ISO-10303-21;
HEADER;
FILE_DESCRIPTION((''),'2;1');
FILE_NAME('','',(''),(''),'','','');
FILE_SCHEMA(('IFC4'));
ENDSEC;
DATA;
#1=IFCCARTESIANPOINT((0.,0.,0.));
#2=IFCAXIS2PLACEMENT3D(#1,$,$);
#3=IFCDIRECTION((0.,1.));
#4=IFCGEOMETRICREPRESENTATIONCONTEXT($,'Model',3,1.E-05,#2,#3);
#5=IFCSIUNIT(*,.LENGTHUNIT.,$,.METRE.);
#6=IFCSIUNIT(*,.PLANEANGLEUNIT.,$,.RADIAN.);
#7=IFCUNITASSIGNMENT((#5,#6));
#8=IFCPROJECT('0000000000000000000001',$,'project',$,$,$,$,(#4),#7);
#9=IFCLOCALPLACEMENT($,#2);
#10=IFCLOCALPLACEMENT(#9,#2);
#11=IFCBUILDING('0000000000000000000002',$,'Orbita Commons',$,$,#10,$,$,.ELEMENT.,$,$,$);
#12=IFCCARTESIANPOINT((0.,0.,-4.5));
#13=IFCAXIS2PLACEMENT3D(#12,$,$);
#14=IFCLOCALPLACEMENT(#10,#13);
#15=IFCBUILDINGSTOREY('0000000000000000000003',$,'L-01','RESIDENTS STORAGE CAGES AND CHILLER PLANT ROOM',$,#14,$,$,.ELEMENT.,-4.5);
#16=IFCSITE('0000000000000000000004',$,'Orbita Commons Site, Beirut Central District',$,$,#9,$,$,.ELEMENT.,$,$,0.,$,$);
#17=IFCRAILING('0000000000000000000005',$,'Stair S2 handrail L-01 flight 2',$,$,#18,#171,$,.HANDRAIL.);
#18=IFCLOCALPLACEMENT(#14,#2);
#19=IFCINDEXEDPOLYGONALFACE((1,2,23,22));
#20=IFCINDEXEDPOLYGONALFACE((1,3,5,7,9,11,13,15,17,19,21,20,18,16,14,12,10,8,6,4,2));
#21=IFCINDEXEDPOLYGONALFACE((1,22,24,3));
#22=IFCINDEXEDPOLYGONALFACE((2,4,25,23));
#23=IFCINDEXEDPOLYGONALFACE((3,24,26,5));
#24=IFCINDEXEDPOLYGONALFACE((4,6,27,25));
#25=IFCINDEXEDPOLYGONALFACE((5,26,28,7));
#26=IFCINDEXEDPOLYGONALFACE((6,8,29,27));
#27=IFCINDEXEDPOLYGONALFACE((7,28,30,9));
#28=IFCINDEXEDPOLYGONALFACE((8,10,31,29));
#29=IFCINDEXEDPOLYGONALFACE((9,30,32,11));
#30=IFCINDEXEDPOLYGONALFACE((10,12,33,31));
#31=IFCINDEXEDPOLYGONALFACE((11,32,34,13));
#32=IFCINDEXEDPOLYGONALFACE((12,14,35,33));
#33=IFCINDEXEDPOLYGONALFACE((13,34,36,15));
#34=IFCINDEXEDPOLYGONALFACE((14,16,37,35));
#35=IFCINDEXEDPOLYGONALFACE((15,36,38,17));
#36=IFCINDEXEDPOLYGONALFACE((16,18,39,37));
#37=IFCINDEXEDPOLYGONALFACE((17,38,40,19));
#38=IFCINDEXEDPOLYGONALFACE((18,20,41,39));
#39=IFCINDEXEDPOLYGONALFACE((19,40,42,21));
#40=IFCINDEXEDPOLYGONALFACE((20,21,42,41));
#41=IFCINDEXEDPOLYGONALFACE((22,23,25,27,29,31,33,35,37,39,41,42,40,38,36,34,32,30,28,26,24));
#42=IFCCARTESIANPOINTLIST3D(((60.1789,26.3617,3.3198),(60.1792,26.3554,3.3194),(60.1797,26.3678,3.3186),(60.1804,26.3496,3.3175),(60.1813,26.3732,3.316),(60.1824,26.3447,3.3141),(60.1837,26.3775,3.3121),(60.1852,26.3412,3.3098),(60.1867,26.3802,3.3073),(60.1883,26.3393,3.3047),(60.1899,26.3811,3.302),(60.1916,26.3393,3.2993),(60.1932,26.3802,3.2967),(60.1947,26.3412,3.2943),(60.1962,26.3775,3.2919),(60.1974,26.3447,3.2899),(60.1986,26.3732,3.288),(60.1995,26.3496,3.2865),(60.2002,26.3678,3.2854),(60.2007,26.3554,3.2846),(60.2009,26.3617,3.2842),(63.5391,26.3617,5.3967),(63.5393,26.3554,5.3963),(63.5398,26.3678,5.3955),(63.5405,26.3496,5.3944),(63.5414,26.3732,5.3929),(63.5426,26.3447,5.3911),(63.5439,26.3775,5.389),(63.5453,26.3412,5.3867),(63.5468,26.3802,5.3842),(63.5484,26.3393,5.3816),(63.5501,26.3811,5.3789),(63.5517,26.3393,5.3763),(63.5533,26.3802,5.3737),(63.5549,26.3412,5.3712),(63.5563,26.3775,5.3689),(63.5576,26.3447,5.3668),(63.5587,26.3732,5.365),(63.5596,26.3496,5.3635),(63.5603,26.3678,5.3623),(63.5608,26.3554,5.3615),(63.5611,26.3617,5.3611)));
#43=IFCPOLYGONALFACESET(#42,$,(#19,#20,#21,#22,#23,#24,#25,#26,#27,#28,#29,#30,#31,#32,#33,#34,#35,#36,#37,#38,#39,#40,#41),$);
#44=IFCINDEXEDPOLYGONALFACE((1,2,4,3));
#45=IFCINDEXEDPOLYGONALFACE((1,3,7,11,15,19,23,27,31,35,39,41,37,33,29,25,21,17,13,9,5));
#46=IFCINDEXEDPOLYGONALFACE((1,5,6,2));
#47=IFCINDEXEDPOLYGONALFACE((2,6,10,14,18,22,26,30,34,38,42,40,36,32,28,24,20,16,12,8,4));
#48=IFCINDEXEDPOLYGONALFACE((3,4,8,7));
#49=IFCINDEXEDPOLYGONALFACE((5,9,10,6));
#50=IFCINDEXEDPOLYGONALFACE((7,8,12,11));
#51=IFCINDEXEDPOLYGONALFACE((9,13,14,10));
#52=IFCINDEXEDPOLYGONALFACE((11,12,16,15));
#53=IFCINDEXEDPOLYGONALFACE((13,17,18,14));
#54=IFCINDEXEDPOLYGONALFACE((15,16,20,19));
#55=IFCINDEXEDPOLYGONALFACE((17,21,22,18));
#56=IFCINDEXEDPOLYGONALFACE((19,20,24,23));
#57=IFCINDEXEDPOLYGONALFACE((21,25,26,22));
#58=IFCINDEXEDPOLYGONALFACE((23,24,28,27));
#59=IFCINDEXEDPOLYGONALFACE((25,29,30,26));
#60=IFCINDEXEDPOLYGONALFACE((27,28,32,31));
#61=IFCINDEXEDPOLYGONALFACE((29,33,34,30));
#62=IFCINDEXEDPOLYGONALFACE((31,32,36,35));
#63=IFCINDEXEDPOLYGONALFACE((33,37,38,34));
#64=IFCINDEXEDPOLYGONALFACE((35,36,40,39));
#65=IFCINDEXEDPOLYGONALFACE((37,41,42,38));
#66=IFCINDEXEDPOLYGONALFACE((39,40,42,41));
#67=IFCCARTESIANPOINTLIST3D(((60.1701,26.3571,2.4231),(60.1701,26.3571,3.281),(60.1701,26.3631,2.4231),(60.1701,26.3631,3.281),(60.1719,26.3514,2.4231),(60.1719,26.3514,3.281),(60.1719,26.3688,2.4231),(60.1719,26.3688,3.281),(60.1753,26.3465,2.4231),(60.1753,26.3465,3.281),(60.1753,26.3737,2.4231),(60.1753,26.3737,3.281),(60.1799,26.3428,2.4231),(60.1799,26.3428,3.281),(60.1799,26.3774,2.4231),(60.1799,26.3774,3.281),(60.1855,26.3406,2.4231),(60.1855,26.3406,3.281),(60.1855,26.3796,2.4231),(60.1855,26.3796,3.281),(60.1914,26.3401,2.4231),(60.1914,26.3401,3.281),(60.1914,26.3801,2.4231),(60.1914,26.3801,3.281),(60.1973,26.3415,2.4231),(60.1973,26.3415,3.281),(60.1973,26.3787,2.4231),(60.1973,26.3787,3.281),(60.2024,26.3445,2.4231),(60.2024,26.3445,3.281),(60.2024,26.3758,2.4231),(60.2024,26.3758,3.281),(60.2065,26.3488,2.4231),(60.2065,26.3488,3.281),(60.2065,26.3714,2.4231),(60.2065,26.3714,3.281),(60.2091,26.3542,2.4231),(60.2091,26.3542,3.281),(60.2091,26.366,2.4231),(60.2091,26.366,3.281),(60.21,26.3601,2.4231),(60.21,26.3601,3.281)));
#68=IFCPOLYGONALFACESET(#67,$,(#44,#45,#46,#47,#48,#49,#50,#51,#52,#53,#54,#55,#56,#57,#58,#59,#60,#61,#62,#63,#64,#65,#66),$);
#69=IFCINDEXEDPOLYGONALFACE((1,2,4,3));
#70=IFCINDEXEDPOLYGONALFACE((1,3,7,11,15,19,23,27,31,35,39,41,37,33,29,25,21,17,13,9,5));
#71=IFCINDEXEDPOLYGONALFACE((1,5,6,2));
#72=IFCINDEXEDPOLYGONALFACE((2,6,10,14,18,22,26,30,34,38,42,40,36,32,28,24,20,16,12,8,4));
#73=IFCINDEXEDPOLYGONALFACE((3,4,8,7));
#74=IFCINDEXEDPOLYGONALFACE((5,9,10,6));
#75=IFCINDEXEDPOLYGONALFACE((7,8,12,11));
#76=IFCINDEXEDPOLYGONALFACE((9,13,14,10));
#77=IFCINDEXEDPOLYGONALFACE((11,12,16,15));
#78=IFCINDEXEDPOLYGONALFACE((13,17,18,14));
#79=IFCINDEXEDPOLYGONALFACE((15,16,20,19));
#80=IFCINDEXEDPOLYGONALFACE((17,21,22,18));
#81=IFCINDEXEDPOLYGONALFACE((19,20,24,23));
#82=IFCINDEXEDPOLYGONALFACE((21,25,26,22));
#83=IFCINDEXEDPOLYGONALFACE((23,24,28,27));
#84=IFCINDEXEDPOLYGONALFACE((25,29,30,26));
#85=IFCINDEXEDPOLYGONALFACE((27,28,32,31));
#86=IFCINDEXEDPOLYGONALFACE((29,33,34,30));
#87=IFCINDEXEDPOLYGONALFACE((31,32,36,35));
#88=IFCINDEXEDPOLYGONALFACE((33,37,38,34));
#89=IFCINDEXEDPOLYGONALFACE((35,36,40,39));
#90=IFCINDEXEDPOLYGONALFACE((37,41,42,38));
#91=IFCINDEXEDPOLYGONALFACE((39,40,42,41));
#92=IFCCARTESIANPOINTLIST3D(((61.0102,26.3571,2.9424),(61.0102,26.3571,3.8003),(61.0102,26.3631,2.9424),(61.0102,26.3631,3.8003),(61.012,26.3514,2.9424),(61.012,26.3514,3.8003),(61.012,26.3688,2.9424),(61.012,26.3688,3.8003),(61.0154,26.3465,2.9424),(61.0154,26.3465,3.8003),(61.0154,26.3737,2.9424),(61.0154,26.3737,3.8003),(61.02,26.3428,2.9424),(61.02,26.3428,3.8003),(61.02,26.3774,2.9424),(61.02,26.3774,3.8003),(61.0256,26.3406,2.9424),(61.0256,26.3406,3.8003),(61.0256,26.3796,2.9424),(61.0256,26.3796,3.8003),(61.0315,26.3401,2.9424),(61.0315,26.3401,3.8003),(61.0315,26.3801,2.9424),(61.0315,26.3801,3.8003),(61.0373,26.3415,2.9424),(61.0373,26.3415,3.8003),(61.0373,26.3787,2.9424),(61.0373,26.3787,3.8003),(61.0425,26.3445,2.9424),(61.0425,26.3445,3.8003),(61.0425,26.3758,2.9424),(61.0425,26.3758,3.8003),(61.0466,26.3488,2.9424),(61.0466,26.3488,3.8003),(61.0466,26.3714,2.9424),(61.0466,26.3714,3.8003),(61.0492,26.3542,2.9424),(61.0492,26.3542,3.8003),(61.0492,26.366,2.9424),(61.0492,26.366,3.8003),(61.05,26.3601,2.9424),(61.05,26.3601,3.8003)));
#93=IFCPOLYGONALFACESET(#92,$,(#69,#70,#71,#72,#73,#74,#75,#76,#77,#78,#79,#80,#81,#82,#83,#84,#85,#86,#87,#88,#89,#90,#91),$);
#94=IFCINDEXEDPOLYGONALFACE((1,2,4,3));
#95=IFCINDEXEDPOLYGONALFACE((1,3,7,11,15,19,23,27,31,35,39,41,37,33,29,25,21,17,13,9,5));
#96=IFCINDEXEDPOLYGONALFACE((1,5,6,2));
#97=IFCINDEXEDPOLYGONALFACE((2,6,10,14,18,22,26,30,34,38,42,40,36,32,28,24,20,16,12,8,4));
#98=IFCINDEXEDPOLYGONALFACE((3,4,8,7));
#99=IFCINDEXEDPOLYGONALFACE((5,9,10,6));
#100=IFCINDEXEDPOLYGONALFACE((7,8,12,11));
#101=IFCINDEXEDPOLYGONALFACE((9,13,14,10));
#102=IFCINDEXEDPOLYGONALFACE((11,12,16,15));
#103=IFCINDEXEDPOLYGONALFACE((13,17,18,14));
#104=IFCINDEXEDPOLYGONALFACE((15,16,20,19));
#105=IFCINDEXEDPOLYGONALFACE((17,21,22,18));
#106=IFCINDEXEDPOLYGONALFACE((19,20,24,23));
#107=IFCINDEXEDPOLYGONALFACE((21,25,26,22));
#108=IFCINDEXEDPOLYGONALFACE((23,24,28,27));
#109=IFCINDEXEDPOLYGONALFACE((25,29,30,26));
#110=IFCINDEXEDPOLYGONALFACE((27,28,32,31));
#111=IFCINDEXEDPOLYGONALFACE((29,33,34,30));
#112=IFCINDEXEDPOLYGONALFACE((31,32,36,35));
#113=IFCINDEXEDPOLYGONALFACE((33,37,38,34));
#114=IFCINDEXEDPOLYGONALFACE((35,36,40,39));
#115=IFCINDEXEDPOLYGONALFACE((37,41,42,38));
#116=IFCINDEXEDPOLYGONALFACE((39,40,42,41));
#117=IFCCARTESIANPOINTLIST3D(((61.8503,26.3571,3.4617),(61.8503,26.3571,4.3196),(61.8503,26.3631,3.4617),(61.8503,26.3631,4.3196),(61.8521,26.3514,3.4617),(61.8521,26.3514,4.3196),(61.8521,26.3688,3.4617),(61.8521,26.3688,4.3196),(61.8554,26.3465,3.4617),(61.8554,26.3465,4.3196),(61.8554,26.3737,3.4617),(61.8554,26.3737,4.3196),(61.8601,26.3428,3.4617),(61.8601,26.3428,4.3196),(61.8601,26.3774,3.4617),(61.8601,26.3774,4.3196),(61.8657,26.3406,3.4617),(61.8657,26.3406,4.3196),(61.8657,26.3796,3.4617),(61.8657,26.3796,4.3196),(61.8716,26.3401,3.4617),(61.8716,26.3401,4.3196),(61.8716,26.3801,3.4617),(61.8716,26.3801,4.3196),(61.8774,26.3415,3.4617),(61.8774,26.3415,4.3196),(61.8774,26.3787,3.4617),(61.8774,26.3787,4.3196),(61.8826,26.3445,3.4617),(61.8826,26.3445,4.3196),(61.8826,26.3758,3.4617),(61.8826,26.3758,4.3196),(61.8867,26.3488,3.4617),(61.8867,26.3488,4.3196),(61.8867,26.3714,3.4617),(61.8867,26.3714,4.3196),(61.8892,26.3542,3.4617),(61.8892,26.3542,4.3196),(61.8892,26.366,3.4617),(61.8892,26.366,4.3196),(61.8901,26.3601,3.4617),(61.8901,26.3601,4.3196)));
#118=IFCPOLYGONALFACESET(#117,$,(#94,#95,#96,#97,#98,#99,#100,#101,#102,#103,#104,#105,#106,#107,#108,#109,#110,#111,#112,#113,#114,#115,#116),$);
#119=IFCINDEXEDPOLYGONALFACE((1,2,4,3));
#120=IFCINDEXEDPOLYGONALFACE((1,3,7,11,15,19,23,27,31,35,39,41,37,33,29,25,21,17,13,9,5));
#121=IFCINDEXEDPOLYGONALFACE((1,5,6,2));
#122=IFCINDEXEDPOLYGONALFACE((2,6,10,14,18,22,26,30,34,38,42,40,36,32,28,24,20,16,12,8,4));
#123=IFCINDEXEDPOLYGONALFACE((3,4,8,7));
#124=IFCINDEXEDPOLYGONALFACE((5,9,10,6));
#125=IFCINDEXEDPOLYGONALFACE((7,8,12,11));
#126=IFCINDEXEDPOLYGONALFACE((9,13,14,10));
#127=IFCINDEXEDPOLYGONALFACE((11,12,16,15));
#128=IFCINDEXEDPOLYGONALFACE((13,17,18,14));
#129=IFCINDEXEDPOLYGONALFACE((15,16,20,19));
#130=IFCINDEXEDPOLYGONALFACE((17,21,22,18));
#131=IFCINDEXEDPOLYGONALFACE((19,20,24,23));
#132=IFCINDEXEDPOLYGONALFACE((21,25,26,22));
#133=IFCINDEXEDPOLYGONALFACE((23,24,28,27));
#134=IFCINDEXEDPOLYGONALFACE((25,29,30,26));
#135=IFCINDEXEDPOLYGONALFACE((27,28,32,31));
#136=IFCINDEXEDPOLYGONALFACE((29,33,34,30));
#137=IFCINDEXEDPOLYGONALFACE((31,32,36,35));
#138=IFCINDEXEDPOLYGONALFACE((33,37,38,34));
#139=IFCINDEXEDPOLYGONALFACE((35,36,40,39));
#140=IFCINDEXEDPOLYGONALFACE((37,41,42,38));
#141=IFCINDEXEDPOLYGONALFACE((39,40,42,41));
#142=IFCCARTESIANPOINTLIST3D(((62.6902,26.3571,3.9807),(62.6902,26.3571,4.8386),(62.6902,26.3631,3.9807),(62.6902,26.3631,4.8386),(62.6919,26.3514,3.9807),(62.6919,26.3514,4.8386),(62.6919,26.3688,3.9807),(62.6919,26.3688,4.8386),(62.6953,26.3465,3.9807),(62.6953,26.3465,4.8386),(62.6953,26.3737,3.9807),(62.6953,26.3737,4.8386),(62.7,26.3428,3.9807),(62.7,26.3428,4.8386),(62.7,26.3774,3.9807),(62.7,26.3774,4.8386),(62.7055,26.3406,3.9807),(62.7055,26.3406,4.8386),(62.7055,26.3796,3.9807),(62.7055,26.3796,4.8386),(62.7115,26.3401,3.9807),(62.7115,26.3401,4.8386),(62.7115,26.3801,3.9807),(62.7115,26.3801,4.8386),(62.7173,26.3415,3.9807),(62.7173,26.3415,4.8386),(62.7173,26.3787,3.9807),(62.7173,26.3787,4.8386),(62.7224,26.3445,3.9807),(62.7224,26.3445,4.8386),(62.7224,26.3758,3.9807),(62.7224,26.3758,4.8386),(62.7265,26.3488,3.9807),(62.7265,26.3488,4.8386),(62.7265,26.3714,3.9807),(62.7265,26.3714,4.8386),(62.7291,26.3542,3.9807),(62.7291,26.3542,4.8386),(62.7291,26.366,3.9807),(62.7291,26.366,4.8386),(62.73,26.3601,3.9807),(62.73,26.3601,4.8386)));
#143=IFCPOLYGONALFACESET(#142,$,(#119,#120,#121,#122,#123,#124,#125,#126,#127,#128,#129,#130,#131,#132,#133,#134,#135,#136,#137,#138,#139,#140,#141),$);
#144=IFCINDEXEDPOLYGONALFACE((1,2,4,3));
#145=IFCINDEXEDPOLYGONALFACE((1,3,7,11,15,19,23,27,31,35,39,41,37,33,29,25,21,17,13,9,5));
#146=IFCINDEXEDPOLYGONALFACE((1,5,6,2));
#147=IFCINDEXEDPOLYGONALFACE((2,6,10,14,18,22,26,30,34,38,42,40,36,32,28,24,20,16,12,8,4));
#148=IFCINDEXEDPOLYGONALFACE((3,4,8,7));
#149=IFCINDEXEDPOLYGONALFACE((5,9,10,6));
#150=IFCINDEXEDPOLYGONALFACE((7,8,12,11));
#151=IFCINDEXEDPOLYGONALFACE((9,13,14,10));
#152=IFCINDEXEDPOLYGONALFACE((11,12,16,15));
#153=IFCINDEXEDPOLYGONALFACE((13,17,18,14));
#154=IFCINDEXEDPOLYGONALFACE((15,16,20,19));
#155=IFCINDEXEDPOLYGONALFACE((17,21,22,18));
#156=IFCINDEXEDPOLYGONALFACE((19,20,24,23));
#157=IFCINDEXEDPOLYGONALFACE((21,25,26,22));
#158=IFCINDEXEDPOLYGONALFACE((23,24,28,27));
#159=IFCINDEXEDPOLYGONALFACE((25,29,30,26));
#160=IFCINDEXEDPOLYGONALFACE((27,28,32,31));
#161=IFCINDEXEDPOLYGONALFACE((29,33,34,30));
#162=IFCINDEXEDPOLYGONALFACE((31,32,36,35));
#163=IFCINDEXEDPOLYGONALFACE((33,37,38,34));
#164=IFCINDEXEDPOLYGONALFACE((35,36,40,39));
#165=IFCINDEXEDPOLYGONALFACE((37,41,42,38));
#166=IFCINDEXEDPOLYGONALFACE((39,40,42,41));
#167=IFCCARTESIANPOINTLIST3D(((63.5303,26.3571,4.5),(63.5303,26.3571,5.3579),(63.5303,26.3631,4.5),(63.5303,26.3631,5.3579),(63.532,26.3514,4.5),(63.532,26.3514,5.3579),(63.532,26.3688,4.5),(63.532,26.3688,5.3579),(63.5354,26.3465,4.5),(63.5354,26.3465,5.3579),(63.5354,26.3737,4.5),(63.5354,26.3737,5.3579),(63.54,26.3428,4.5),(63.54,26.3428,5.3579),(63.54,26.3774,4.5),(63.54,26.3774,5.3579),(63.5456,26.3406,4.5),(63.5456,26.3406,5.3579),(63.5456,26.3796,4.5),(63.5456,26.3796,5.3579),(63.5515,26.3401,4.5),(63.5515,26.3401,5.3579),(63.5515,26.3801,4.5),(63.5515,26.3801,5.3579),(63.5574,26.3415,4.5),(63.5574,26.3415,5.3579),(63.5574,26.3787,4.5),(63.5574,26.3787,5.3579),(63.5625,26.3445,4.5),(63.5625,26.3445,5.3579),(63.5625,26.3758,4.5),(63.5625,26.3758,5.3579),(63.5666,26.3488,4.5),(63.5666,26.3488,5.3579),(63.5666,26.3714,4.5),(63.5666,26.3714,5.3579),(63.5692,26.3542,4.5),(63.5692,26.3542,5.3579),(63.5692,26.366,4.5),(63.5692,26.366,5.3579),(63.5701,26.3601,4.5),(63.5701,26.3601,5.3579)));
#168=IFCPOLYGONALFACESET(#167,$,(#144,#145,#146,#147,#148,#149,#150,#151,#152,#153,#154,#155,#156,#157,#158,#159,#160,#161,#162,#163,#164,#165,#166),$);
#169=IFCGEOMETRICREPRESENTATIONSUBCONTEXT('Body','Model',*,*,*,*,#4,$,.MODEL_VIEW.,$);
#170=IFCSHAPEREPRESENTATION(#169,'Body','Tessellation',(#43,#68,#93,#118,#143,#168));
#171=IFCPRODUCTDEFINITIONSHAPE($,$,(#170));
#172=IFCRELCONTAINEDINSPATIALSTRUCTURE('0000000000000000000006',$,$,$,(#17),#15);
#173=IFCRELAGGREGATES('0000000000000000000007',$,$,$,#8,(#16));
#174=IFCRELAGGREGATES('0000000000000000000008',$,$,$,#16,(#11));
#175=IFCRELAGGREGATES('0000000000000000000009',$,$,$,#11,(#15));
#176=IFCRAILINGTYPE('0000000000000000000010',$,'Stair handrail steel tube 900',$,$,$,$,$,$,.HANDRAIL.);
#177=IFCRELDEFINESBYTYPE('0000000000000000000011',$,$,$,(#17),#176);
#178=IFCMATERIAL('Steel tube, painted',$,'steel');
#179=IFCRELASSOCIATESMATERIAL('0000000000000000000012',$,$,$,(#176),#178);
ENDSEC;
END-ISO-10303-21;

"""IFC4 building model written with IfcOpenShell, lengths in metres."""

from ifc_helpers import new_model, si_unit, direction, frame, origin, origin_2d, place, context, subcontext, project, spatial, circle, extrude, material, type_object, element, save


model = new_model("IFC4")

# Units and contexts
model_context = context("Model", 3, precision=1e-05, world=origin(), true_north=direction((0.0, 1.0)))
body_context = subcontext(model_context, "Body", "Model", "MODEL_VIEW")
ifc_project = project(units=[si_unit("LENGTHUNIT", "METRE"), si_unit("PLANEANGLEUNIT", "RADIAN")], contexts=[model_context])

# Site, building, storey
site_placement = place(None, origin())
site = spatial("IfcSite", under=ifc_project, at=site_placement, Name="Orbita Commons Site, Beirut Central District", CompositionType="ELEMENT", RefElevation=0.0)
building_placement = place(site_placement, origin())
building = spatial("IfcBuilding", under=site, at=building_placement, Name="Orbita Commons", CompositionType="ELEMENT")
storey_placement = place(building_placement, frame((0.0, 0.0, -4.5)))
storey = spatial("IfcBuildingStorey", under=building, at=storey_placement, Name="L-01", Description="RESIDENTS STORAGE CAGES AND CHILLER PLANT ROOM", CompositionType="ELEMENT", Elevation=-4.5)

# Railing
ifc_material_1 = material(Name="Steel tube, painted", Category="steel")
railing_type = type_object("IfcRailingType", Name="Stair handrail steel tube 900", PredefinedType="HANDRAIL", material=ifc_material_1)
for number, where, name in (
    (1, (60.1899, 26.3601, 2.4231), "Stair S2 handrail L-01 flight 2"),
):
    element("IfcRailing", number, at=place(storey_placement, frame(where)), inside=storey, type_object=railing_type, Name=name, PredefinedType="HANDRAIL", context=body_context, shape_type="SweptSolid", body=[
        extrude(circle(Radius=0.021, at=origin_2d()), frame((0.0, 0.0, 0.8789), z_axis=(0.850623, 0.0, 0.525776), x_axis=(0.0, 1.0, 0.0)), (0.0, 0.0, 1.0), 3.9502),
        extrude(circle(Radius=0.02, at=origin_2d()), origin(), (0.0, 0.0, 1.0), 0.8579),
        extrude(circle(Radius=0.02, at=origin_2d()), frame((0.8401, 0.0, 0.5193)), (0.0, 0.0, 1.0), 0.8579),
        extrude(circle(Radius=0.02, at=origin_2d()), frame((1.6802, 0.0, 1.0386)), (0.0, 0.0, 1.0), 0.8579),
        extrude(circle(Radius=0.02, at=origin_2d()), frame((2.52, 0.0, 1.5576)), (0.0, 0.0, 1.0), 0.8579),
        extrude(circle(Radius=0.02, at=origin_2d()), frame((3.3601, 0.0, 2.0769)), (0.0, 0.0, 1.0), 0.8579),
    ])

save(model, "model.ifc")
